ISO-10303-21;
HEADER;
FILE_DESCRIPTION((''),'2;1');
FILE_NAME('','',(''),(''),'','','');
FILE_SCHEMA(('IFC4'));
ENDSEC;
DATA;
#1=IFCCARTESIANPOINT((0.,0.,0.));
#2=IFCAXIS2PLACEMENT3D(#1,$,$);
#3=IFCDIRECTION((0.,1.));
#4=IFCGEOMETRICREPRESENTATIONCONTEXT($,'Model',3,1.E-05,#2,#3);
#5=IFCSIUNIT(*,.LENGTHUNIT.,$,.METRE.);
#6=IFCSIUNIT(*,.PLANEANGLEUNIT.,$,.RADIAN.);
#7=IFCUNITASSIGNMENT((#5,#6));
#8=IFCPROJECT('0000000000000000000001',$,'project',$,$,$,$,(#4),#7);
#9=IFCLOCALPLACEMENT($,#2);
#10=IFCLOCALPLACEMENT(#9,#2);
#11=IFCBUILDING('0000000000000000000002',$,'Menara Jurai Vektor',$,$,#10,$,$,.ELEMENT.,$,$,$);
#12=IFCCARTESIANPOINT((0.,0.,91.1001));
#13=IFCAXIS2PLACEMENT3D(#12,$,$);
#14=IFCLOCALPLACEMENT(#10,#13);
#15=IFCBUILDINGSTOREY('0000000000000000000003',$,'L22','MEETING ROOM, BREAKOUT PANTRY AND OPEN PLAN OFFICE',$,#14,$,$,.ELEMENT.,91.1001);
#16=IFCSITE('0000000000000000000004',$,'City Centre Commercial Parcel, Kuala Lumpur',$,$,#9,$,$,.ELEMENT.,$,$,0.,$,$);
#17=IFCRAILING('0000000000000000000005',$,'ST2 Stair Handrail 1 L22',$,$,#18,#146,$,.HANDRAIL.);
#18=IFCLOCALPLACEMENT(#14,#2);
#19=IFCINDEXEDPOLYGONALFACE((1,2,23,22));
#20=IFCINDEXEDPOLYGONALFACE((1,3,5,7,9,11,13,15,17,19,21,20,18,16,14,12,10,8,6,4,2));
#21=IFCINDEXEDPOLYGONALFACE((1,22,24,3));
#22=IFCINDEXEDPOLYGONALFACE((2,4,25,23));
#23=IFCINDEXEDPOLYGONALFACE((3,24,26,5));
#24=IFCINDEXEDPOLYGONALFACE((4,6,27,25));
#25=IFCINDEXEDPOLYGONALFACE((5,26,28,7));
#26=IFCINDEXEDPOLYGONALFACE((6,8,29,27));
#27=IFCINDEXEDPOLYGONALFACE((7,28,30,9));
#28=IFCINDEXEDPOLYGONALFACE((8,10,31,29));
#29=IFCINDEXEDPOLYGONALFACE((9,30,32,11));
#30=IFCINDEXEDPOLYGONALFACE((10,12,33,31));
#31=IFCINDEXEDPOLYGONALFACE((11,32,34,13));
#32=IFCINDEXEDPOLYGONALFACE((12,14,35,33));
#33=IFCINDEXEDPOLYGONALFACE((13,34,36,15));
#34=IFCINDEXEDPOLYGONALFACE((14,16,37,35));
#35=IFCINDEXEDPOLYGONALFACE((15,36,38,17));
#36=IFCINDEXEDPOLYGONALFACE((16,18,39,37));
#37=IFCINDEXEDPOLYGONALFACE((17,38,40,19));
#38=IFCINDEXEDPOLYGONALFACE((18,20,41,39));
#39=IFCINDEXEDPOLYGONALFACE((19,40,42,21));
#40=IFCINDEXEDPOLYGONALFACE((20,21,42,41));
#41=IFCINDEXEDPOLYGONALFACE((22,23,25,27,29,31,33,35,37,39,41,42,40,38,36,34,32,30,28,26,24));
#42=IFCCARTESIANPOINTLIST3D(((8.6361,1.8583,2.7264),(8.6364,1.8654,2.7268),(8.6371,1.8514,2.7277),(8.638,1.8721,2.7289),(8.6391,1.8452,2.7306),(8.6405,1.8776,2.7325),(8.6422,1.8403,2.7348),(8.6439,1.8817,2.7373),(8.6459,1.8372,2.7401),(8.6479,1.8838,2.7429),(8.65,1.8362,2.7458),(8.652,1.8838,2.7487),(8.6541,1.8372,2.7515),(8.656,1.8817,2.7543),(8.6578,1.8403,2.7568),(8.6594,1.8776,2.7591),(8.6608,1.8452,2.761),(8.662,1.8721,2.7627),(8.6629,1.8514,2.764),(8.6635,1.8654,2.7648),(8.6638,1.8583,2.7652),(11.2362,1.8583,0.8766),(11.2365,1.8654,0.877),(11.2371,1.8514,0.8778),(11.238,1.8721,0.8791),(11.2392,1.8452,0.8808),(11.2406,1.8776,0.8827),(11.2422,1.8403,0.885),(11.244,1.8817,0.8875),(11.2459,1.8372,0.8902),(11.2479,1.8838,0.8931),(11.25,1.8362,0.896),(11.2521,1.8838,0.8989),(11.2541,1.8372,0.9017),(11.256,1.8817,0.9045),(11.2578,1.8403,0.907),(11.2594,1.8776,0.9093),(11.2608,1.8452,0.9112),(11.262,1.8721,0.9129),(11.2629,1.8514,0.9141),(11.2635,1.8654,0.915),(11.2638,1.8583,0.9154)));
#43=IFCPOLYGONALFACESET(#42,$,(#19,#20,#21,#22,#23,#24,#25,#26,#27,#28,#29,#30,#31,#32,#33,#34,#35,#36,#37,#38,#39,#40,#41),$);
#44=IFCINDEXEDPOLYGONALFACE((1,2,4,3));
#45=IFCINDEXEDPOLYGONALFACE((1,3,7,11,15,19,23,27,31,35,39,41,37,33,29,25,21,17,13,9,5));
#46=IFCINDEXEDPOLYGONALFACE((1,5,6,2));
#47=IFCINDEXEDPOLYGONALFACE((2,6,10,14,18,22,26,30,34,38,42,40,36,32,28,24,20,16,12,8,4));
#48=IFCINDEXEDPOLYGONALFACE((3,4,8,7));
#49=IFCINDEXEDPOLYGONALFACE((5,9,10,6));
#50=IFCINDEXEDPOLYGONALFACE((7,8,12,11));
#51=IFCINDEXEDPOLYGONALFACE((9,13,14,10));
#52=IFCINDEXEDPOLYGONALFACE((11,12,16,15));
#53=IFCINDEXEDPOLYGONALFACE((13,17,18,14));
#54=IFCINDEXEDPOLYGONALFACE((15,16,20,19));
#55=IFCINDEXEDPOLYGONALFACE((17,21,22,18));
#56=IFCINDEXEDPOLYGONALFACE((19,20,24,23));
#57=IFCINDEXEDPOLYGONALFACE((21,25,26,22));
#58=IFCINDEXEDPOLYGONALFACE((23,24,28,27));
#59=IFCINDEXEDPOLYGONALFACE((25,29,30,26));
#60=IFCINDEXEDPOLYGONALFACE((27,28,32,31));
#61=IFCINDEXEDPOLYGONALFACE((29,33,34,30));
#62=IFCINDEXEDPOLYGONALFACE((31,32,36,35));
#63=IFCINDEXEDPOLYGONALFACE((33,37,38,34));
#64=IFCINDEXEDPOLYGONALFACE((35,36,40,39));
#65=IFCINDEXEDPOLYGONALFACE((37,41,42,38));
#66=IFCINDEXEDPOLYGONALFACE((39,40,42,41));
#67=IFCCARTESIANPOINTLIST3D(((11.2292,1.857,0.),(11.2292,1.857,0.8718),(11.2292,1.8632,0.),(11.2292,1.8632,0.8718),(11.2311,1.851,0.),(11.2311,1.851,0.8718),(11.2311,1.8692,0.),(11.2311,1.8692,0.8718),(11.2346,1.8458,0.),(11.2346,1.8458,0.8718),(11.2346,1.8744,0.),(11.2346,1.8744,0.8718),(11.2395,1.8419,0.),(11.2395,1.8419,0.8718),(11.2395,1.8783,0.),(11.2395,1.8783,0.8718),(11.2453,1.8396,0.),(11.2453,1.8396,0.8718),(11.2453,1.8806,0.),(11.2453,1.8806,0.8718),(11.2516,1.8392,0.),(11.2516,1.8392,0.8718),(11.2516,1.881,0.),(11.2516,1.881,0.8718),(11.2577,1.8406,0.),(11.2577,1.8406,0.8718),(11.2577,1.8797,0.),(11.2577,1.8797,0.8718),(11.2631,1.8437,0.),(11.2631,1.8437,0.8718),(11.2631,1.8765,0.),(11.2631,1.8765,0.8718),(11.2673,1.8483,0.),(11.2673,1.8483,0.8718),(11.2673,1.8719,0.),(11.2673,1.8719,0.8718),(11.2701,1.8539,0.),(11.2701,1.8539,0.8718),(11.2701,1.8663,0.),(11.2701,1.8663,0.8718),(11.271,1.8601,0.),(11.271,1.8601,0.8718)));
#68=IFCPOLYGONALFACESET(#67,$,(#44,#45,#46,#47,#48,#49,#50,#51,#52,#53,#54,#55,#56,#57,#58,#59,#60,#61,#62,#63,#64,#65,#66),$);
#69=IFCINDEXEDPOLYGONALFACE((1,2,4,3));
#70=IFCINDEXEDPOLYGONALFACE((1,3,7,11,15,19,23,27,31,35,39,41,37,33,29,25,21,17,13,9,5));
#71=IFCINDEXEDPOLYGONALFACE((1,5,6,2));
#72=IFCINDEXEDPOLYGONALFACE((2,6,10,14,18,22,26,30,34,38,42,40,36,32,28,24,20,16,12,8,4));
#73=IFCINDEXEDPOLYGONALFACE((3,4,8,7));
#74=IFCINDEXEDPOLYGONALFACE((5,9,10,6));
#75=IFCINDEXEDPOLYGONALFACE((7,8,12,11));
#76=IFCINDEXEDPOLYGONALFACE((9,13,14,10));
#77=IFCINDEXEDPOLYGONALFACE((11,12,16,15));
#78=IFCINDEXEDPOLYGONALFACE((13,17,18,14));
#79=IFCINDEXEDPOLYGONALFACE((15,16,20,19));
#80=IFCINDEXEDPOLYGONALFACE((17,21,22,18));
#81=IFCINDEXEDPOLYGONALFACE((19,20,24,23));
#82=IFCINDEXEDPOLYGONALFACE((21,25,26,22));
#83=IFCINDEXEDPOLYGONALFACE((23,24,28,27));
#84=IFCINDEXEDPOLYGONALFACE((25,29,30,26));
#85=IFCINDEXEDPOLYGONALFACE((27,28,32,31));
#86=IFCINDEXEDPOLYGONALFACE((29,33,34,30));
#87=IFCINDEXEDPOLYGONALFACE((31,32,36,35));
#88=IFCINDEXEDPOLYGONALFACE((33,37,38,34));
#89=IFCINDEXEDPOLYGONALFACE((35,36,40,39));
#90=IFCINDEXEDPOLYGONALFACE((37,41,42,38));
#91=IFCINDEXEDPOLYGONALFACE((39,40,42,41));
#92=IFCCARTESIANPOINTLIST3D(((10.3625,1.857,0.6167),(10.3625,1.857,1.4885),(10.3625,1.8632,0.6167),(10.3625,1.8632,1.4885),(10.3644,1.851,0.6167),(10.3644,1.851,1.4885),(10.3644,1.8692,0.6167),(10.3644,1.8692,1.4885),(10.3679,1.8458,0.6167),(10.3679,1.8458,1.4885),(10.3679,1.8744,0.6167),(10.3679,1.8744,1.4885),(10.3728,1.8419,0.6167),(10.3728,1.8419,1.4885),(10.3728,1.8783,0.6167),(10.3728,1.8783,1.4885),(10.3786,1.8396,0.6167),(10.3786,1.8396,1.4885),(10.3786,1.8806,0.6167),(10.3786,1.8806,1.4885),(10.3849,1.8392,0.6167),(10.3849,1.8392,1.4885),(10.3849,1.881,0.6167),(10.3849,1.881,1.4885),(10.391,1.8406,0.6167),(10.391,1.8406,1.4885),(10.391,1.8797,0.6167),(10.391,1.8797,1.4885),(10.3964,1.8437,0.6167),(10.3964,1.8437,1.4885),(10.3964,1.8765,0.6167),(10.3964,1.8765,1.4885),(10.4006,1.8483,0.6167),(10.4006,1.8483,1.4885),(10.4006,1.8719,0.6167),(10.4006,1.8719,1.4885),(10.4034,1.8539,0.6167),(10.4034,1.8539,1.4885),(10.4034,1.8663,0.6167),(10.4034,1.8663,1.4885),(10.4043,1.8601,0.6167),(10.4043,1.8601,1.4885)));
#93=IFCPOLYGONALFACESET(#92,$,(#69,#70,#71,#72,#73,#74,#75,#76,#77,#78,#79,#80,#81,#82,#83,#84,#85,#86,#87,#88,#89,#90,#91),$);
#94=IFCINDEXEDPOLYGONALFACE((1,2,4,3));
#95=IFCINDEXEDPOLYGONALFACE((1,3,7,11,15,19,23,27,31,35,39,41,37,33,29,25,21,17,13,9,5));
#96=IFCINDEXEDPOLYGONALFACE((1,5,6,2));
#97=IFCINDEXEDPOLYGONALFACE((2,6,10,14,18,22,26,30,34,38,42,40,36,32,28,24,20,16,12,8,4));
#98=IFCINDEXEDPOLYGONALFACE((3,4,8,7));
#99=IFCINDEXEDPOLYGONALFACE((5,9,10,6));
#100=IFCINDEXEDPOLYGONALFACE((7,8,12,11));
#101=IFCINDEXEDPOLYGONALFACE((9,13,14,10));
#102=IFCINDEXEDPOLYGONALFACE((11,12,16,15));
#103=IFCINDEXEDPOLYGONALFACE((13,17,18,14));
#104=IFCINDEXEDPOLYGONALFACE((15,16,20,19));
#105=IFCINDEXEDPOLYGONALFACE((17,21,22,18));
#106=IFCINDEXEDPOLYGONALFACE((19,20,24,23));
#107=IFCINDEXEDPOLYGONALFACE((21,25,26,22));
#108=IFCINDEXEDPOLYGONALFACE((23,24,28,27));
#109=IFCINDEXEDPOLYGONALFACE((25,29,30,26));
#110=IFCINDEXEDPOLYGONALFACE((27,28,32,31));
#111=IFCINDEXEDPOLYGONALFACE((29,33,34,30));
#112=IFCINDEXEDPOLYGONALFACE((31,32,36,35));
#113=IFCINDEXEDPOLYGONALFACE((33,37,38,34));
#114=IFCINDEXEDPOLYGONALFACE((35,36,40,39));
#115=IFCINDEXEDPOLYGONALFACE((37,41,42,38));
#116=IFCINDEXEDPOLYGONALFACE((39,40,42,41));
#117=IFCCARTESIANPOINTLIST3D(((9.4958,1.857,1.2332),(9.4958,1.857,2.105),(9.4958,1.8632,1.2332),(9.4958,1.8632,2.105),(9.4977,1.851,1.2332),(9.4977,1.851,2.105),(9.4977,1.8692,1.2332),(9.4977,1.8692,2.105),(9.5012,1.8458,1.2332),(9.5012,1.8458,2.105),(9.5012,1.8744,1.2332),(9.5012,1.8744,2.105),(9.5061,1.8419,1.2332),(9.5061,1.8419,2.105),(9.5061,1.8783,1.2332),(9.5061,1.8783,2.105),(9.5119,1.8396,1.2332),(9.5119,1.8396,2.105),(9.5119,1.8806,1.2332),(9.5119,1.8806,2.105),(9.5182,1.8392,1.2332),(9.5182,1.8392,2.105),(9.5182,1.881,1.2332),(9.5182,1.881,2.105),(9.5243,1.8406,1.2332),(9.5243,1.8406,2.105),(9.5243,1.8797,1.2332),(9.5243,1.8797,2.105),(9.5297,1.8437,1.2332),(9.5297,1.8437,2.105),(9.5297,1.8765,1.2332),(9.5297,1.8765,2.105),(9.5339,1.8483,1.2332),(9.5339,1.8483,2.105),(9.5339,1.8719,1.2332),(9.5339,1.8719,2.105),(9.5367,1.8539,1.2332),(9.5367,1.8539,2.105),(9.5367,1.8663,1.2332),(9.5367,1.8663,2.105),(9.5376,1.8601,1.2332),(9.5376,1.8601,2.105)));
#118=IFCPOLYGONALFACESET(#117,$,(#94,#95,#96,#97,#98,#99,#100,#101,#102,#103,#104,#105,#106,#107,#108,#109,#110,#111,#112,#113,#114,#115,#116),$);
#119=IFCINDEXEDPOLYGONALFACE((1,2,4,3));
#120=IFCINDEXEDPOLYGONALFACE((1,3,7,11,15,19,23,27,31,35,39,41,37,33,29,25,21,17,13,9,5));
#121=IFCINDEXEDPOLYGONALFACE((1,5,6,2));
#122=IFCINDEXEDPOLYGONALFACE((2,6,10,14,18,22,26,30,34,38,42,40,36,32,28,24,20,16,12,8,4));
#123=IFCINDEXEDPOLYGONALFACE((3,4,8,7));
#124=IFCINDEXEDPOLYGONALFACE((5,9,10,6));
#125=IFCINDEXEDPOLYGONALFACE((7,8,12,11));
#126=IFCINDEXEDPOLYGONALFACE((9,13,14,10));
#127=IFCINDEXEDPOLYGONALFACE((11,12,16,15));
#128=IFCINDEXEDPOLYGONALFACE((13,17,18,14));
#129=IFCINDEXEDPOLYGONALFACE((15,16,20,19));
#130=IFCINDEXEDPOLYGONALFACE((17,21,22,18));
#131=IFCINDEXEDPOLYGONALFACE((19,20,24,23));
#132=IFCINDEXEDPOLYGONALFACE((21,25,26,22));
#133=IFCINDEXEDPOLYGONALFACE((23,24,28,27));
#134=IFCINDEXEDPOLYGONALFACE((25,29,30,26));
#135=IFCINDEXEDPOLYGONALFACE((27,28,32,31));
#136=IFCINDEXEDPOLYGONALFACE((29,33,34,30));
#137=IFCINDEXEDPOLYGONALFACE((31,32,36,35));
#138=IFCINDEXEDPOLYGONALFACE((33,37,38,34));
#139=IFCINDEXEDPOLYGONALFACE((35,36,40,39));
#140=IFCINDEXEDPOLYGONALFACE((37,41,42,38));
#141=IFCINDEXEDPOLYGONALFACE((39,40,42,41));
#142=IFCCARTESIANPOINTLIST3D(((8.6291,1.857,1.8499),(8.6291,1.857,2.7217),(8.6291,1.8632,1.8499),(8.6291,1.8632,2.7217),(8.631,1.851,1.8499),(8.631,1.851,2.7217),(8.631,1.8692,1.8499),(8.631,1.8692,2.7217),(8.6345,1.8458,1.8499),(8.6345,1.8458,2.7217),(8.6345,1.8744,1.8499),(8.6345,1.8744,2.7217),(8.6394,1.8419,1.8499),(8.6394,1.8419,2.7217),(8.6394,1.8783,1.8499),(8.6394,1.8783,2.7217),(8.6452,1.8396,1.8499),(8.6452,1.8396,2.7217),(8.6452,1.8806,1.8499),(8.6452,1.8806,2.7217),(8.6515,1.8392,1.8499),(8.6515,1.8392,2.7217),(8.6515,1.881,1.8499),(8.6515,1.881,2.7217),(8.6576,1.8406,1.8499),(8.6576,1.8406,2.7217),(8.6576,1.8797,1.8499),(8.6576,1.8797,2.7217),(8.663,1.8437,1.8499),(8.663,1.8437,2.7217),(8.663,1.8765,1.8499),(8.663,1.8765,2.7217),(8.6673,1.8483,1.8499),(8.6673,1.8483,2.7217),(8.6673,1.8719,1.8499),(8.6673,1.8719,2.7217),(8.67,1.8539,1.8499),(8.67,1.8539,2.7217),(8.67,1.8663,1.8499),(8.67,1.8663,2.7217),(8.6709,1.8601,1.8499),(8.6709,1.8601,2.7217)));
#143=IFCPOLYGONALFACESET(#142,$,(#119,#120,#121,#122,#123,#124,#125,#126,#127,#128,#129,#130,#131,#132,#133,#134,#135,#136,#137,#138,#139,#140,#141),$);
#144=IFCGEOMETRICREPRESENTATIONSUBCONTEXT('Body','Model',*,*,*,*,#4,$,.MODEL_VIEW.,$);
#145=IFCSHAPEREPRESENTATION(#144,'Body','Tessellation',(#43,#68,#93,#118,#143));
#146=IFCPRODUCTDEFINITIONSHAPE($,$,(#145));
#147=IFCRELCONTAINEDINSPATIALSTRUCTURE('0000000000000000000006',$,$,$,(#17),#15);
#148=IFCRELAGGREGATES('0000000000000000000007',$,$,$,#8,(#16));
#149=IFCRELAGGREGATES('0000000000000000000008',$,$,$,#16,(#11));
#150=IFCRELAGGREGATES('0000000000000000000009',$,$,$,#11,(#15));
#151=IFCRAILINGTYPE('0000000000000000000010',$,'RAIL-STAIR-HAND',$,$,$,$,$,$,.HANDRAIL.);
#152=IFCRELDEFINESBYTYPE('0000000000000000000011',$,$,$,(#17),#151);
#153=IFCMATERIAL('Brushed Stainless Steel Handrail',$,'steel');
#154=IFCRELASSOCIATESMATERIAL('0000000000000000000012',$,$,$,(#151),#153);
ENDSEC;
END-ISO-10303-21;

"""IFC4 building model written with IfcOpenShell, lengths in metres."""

from ifc_helpers import new_model, si_unit, direction, frame, origin, origin_2d, place, context, subcontext, project, spatial, circle, extrude, material, type_object, element, save


model = new_model("IFC4")

# Units and contexts
model_context = context("Model", 3, precision=1e-05, world=origin(), true_north=direction((0.0, 1.0)))
body_context = subcontext(model_context, "Body", "Model", "MODEL_VIEW")
ifc_project = project(units=[si_unit("LENGTHUNIT", "METRE"), si_unit("PLANEANGLEUNIT", "RADIAN")], contexts=[model_context])

# Site, building, storey
site_placement = place(None, origin())
site = spatial("IfcSite", under=ifc_project, at=site_placement, Name="City Centre Commercial Parcel, Kuala Lumpur", CompositionType="ELEMENT", RefElevation=0.0)
building_placement = place(site_placement, origin())
building = spatial("IfcBuilding", under=site, at=building_placement, Name="Menara Jurai Vektor", CompositionType="ELEMENT")
storey_placement = place(building_placement, frame((0.0, 0.0, 91.1001)))
storey = spatial("IfcBuildingStorey", under=building, at=storey_placement, Name="L22", Description="MEETING ROOM, BREAKOUT PANTRY AND OPEN PLAN OFFICE", CompositionType="ELEMENT", Elevation=91.1001)

# Railing
ifc_material_1 = material(Name="Brushed Stainless Steel Handrail", Category="steel")
railing_type_1 = type_object("IfcRailingType", Name="RAIL-STAIR-HAND", PredefinedType="HANDRAIL", material=ifc_material_1)
railing_1_placement = place(storey_placement, frame((11.25, 1.8601, 0.0)))
element("IfcRailing", 1, at=railing_1_placement, inside=storey, type_object=railing_type_1, Name="ST2 Stair Handrail 1 L22", PredefinedType="HANDRAIL", context=body_context, shape_type="SweptSolid", body=[
    extrude(circle(Radius=0.0239, at=origin_2d()), frame((0.0, 0.0, 0.896), z_axis=(-0.814823, 0.0, 0.57971), x_axis=(0.0, -1.0, 0.0)), (0.0, 0.0, 1.0), 3.1909),
    extrude(circle(Radius=0.021, at=origin_2d()), origin(), (0.0, 0.0, 1.0), 0.8718),
    extrude(circle(Radius=0.021, at=origin_2d()), frame((-0.8667, 0.0, 0.6167)), (0.0, 0.0, 1.0), 0.8718),
    extrude(circle(Radius=0.021, at=origin_2d()), frame((-1.7334, 0.0, 1.2332)), (0.0, 0.0, 1.0), 0.8718),
    extrude(circle(Radius=0.021, at=origin_2d()), frame((-2.6001, 0.0, 1.8499)), (0.0, 0.0, 1.0), 0.8718),
])

save(model, "model.ifc")
